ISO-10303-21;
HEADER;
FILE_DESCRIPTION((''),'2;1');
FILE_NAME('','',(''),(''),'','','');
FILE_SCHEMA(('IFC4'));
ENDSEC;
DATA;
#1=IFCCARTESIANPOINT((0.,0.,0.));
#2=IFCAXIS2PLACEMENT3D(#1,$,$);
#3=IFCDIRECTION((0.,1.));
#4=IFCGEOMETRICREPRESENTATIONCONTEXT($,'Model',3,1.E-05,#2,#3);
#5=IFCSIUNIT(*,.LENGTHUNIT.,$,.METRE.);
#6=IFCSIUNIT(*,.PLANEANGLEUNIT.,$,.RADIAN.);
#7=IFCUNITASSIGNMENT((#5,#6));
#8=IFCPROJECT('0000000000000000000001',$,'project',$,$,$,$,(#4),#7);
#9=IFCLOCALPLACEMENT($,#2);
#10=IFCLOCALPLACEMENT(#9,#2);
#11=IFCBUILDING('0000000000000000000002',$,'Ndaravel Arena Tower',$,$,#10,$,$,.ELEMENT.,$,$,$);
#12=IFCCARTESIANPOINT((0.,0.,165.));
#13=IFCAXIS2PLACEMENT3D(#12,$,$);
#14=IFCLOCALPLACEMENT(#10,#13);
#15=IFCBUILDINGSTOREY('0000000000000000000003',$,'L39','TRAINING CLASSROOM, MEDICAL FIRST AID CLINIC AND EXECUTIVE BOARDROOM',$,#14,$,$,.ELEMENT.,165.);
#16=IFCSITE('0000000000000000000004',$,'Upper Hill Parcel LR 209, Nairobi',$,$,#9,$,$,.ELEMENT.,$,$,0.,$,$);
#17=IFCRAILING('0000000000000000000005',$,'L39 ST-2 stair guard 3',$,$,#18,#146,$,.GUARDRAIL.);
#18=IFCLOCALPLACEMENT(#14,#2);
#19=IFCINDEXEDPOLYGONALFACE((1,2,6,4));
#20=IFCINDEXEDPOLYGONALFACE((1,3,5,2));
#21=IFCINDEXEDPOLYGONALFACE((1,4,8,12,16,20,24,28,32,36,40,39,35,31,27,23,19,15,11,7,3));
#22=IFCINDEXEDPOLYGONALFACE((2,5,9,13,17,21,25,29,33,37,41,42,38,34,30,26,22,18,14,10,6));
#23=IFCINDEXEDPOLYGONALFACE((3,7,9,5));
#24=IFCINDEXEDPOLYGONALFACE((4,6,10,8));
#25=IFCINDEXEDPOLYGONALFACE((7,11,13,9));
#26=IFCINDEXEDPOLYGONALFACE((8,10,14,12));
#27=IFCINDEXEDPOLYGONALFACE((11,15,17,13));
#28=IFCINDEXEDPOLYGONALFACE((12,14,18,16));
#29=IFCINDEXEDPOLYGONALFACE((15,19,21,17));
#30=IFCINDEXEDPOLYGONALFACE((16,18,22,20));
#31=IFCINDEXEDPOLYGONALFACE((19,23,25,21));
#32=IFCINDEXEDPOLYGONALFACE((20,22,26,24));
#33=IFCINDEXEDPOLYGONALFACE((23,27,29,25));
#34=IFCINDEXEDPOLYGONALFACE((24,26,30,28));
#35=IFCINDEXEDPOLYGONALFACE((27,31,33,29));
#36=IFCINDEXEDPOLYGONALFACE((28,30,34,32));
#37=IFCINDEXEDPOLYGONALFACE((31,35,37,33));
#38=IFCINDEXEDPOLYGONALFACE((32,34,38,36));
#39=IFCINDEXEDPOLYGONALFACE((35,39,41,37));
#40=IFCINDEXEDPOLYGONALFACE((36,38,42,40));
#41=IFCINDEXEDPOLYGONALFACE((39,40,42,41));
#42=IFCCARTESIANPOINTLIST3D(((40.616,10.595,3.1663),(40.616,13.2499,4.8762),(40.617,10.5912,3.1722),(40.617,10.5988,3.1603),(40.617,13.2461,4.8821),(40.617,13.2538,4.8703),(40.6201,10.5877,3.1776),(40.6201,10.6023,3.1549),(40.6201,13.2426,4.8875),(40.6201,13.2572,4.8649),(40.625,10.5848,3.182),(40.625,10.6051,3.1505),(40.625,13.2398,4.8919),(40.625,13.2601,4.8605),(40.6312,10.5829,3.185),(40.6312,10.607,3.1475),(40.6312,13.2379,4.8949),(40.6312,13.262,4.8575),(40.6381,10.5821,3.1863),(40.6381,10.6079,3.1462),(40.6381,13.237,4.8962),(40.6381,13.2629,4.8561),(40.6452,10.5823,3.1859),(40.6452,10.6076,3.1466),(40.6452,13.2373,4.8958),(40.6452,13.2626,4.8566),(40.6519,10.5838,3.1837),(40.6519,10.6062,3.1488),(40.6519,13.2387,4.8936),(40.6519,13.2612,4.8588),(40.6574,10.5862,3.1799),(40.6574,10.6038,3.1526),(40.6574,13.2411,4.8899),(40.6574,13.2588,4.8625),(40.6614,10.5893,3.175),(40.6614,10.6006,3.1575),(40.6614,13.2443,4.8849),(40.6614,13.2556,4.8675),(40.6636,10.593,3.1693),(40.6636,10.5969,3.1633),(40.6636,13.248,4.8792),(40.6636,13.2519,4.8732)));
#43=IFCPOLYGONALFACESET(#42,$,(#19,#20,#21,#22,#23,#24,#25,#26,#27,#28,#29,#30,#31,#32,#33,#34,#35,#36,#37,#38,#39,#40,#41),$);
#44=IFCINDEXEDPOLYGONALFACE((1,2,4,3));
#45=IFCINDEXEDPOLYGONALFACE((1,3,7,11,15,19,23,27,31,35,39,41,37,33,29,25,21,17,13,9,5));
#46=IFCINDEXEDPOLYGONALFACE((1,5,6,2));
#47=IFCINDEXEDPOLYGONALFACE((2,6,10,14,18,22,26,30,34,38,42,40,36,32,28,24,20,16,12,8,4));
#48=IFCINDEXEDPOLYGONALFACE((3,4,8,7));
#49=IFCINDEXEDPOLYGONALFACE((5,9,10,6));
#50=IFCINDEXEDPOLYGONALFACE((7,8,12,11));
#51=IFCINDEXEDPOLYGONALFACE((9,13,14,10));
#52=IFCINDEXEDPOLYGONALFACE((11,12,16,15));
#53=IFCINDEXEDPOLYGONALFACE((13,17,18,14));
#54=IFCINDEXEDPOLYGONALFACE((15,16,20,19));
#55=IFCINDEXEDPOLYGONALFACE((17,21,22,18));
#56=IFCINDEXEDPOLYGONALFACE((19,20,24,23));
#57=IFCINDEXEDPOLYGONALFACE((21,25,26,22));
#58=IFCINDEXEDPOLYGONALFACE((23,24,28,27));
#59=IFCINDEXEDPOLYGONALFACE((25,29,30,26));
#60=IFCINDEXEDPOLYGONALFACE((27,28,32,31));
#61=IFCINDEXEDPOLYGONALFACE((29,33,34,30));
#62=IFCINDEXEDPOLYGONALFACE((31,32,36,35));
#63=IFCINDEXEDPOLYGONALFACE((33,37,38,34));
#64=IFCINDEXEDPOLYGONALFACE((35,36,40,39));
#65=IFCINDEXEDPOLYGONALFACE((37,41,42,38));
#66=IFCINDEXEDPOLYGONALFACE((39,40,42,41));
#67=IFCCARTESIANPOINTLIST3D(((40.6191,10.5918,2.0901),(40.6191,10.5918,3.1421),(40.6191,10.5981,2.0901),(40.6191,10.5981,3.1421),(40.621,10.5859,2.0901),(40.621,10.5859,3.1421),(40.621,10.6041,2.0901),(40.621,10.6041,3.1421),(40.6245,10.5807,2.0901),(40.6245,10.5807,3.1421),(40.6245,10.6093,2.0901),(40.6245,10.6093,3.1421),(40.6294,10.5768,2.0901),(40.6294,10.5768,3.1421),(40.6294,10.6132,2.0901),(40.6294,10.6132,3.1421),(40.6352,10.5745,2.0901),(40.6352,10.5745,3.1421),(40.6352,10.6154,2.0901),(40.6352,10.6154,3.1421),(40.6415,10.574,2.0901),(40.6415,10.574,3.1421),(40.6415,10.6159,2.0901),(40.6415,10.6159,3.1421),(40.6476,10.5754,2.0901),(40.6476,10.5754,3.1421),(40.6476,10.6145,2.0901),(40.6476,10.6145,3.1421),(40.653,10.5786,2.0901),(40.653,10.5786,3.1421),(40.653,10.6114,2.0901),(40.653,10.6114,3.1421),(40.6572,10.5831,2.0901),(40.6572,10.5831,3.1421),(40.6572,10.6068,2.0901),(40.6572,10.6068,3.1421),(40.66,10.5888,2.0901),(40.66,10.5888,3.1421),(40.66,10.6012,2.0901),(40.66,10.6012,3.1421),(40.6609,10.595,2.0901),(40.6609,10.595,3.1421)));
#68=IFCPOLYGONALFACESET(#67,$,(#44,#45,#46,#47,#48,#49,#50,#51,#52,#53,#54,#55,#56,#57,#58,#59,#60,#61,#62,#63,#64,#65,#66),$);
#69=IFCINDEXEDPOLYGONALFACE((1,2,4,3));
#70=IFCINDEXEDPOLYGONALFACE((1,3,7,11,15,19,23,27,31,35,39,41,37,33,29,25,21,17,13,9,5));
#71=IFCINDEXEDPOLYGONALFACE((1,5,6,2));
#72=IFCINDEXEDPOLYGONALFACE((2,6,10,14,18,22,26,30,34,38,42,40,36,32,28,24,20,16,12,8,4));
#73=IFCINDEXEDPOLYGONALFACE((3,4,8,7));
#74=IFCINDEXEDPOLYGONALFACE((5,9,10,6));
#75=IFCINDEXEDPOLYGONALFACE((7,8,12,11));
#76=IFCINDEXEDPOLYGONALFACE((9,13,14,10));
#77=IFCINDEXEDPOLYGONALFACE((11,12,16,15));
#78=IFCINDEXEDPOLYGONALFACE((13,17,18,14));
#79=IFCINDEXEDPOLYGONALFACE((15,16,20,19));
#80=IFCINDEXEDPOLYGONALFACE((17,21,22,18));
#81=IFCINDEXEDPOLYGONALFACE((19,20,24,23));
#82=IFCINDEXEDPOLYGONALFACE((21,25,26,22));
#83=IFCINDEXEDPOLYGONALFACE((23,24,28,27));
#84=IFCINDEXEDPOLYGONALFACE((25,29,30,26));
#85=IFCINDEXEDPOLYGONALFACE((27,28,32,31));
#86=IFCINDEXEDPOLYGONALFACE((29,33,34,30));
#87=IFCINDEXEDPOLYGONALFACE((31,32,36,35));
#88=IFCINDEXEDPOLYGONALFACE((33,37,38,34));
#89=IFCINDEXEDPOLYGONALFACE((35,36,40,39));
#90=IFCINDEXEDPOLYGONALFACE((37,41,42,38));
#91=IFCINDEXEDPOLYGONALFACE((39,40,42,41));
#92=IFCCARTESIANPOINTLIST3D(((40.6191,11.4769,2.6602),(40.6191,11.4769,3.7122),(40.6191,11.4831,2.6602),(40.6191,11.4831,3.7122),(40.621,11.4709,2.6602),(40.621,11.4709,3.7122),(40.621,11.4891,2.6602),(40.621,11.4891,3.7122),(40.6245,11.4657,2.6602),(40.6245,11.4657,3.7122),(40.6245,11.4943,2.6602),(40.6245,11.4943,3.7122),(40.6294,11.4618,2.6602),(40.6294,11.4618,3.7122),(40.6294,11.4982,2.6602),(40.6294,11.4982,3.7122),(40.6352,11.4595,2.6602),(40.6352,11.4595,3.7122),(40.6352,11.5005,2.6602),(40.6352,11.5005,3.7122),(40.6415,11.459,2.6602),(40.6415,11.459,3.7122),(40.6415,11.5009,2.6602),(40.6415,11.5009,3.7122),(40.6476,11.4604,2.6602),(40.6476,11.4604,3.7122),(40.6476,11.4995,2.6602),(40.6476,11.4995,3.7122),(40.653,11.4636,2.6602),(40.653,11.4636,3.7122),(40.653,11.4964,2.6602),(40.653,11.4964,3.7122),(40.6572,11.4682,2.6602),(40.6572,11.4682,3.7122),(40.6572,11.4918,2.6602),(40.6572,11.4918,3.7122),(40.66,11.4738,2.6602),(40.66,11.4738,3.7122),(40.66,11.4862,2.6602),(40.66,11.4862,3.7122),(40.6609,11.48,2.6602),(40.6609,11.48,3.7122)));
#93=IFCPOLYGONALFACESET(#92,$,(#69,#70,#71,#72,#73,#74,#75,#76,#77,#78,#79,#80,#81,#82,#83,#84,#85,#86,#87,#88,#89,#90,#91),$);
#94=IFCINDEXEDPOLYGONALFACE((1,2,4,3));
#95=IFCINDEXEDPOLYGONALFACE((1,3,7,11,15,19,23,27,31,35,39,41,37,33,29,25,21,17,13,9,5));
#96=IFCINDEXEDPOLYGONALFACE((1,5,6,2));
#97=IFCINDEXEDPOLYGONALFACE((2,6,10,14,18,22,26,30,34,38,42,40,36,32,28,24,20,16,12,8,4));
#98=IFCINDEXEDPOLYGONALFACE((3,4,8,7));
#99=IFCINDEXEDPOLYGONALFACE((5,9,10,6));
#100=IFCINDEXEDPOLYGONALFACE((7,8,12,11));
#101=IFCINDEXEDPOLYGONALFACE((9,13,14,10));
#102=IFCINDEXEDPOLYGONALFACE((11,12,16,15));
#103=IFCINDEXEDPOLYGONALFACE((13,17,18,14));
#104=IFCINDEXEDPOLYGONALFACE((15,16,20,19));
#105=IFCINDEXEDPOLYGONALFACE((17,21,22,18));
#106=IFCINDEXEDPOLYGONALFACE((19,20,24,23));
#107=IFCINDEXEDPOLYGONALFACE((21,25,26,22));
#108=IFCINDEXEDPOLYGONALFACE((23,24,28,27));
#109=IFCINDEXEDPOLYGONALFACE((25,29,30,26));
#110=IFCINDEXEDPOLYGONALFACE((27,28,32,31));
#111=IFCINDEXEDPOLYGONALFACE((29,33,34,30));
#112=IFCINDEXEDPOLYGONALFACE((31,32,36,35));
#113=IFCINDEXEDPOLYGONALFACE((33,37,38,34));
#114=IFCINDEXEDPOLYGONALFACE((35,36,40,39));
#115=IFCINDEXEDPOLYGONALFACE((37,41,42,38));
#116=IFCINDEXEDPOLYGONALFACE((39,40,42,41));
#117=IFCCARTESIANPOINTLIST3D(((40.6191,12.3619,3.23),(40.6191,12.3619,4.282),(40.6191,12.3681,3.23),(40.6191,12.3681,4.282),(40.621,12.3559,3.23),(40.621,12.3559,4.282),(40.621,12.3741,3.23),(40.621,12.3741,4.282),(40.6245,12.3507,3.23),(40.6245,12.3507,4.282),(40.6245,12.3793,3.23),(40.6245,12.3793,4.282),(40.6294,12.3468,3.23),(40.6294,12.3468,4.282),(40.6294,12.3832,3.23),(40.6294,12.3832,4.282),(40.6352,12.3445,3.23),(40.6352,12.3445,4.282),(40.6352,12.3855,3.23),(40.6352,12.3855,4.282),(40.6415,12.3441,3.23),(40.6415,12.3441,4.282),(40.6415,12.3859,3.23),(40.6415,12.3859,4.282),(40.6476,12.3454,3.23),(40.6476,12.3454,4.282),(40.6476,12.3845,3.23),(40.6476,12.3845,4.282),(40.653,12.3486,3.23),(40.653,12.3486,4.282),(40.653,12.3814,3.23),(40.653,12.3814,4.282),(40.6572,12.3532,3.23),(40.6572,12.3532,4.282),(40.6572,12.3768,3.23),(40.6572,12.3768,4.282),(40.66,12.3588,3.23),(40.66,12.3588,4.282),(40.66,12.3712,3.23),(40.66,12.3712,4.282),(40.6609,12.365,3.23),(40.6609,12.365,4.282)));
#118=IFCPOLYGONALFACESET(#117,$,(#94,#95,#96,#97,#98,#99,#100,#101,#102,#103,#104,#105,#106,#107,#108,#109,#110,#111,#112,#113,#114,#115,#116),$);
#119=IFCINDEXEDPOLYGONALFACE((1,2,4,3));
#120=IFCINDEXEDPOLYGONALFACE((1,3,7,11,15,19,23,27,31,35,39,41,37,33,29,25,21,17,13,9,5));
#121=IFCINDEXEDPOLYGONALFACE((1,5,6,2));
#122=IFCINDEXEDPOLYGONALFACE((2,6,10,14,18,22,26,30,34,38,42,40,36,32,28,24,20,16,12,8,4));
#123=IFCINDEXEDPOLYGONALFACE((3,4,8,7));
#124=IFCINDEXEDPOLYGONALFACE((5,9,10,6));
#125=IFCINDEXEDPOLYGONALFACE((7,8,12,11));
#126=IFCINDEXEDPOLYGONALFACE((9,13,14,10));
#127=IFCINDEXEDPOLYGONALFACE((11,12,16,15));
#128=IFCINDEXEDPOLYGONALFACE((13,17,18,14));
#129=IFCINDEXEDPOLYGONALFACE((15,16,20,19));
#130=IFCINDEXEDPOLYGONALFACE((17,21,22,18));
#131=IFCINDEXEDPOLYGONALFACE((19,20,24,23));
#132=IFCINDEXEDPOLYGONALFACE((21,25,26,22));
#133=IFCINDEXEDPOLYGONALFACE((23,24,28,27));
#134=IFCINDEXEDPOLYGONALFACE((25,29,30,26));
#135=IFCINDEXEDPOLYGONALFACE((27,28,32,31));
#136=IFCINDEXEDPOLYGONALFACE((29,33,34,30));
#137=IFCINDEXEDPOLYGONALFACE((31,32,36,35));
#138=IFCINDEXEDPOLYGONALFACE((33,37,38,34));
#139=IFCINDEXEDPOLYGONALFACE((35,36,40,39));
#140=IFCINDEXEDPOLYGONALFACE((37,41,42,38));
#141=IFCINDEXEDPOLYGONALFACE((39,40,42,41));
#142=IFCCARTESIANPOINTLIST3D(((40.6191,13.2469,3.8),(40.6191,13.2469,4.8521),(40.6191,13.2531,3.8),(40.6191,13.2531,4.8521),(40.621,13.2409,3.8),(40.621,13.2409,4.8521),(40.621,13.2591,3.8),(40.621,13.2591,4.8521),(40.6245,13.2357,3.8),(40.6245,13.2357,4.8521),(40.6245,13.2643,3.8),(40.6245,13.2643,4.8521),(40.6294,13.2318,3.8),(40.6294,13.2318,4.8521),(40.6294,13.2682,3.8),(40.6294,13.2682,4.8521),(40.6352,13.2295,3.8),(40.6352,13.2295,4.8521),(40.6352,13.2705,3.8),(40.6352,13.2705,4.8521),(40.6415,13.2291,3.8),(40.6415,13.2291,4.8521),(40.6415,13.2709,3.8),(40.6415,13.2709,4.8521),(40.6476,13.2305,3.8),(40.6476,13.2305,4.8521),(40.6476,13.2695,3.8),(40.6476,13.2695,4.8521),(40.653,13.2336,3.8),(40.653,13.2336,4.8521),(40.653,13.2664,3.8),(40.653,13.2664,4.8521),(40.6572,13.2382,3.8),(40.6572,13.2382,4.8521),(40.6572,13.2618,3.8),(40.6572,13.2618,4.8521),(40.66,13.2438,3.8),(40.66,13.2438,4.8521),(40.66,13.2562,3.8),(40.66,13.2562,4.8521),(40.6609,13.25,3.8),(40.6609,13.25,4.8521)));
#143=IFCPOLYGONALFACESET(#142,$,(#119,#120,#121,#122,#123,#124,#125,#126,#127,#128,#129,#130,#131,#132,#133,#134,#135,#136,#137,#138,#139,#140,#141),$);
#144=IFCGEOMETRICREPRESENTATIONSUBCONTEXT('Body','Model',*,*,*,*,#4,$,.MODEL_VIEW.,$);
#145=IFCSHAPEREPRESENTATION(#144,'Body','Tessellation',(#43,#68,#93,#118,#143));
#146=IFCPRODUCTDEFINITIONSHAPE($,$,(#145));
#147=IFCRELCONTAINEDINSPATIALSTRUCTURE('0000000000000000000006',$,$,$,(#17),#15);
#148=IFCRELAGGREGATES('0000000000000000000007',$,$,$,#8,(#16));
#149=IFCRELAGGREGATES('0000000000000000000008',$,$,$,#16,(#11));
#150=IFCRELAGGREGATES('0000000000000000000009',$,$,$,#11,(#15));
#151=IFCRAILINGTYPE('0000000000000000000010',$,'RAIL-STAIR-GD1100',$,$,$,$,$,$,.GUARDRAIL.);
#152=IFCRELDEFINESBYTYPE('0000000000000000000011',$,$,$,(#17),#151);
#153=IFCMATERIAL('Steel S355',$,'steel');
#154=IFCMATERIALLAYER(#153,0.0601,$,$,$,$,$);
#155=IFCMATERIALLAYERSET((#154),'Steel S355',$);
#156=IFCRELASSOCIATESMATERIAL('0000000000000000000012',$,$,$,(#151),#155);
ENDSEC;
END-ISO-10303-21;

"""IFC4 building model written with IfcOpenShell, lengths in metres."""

from ifc_helpers import new_model, si_unit, direction, frame, origin, origin_2d, place, context, subcontext, project, spatial, circle, extrude, material, layer, layer_set, type_object, element, save


model = new_model("IFC4")

# Units and contexts
model_context = context("Model", 3, precision=1e-05, world=origin(), true_north=direction((0.0, 1.0)))
body_context = subcontext(model_context, "Body", "Model", "MODEL_VIEW")
ifc_project = project(units=[si_unit("LENGTHUNIT", "METRE"), si_unit("PLANEANGLEUNIT", "RADIAN")], contexts=[model_context])

# Site, building, storey
site_placement = place(None, origin())
site = spatial("IfcSite", under=ifc_project, at=site_placement, Name="Upper Hill Parcel LR 209, Nairobi", CompositionType="ELEMENT", RefElevation=0.0)
building_placement = place(site_placement, origin())
building = spatial("IfcBuilding", under=site, at=building_placement, Name="Ndaravel Arena Tower", CompositionType="ELEMENT")
storey_placement = place(building_placement, frame((0.0, 0.0, 165.0)))
storey = spatial("IfcBuildingStorey", under=building, at=storey_placement, Name="L39", Description="TRAINING CLASSROOM, MEDICAL FIRST AID CLINIC AND EXECUTIVE BOARDROOM", CompositionType="ELEMENT", Elevation=165.0)

# Railing
ifc_material_1 = material(Name="Steel S355", Category="steel")
ifc_layer_1 = layer(ifc_material_1, 0.0601)
ifc_layer_set_1 = layer_set([ifc_layer_1], Name="Steel S355")
railing_type_1 = type_object("IfcRailingType", Name="RAIL-STAIR-GD1100", PredefinedType="GUARDRAIL", material=ifc_layer_set_1)
railing_1_placement = place(storey_placement, frame((40.6399, 10.595, 2.0901)))
element("IfcRailing", 1, at=railing_1_placement, inside=storey, type_object=railing_type_1, Name="L39 ST-2 stair guard 3", PredefinedType="GUARDRAIL", context=body_context, shape_type="SweptSolid", body=[
    extrude(circle(Radius=0.0239, at=origin_2d()), frame((0.0, 0.0, 1.0762), z_axis=(0.0, 0.840724, 0.541465), x_axis=(-1.0, 0.0, 0.0)), (0.0, 0.0, 1.0), 3.158),
    extrude(circle(Radius=0.021, at=origin_2d()), origin(), (0.0, 0.0, 1.0), 1.052),
    extrude(circle(Radius=0.021, at=origin_2d()), frame((0.0, 0.885, 0.5701)), (0.0, 0.0, 1.0), 1.052),
    extrude(circle(Radius=0.021, at=origin_2d()), frame((0.0, 1.77, 1.1399)), (0.0, 0.0, 1.0), 1.052),
    extrude(circle(Radius=0.021, at=origin_2d()), frame((0.0, 2.655, 1.71)), (0.0, 0.0, 1.0), 1.052),
])

save(model, "model.ifc")
